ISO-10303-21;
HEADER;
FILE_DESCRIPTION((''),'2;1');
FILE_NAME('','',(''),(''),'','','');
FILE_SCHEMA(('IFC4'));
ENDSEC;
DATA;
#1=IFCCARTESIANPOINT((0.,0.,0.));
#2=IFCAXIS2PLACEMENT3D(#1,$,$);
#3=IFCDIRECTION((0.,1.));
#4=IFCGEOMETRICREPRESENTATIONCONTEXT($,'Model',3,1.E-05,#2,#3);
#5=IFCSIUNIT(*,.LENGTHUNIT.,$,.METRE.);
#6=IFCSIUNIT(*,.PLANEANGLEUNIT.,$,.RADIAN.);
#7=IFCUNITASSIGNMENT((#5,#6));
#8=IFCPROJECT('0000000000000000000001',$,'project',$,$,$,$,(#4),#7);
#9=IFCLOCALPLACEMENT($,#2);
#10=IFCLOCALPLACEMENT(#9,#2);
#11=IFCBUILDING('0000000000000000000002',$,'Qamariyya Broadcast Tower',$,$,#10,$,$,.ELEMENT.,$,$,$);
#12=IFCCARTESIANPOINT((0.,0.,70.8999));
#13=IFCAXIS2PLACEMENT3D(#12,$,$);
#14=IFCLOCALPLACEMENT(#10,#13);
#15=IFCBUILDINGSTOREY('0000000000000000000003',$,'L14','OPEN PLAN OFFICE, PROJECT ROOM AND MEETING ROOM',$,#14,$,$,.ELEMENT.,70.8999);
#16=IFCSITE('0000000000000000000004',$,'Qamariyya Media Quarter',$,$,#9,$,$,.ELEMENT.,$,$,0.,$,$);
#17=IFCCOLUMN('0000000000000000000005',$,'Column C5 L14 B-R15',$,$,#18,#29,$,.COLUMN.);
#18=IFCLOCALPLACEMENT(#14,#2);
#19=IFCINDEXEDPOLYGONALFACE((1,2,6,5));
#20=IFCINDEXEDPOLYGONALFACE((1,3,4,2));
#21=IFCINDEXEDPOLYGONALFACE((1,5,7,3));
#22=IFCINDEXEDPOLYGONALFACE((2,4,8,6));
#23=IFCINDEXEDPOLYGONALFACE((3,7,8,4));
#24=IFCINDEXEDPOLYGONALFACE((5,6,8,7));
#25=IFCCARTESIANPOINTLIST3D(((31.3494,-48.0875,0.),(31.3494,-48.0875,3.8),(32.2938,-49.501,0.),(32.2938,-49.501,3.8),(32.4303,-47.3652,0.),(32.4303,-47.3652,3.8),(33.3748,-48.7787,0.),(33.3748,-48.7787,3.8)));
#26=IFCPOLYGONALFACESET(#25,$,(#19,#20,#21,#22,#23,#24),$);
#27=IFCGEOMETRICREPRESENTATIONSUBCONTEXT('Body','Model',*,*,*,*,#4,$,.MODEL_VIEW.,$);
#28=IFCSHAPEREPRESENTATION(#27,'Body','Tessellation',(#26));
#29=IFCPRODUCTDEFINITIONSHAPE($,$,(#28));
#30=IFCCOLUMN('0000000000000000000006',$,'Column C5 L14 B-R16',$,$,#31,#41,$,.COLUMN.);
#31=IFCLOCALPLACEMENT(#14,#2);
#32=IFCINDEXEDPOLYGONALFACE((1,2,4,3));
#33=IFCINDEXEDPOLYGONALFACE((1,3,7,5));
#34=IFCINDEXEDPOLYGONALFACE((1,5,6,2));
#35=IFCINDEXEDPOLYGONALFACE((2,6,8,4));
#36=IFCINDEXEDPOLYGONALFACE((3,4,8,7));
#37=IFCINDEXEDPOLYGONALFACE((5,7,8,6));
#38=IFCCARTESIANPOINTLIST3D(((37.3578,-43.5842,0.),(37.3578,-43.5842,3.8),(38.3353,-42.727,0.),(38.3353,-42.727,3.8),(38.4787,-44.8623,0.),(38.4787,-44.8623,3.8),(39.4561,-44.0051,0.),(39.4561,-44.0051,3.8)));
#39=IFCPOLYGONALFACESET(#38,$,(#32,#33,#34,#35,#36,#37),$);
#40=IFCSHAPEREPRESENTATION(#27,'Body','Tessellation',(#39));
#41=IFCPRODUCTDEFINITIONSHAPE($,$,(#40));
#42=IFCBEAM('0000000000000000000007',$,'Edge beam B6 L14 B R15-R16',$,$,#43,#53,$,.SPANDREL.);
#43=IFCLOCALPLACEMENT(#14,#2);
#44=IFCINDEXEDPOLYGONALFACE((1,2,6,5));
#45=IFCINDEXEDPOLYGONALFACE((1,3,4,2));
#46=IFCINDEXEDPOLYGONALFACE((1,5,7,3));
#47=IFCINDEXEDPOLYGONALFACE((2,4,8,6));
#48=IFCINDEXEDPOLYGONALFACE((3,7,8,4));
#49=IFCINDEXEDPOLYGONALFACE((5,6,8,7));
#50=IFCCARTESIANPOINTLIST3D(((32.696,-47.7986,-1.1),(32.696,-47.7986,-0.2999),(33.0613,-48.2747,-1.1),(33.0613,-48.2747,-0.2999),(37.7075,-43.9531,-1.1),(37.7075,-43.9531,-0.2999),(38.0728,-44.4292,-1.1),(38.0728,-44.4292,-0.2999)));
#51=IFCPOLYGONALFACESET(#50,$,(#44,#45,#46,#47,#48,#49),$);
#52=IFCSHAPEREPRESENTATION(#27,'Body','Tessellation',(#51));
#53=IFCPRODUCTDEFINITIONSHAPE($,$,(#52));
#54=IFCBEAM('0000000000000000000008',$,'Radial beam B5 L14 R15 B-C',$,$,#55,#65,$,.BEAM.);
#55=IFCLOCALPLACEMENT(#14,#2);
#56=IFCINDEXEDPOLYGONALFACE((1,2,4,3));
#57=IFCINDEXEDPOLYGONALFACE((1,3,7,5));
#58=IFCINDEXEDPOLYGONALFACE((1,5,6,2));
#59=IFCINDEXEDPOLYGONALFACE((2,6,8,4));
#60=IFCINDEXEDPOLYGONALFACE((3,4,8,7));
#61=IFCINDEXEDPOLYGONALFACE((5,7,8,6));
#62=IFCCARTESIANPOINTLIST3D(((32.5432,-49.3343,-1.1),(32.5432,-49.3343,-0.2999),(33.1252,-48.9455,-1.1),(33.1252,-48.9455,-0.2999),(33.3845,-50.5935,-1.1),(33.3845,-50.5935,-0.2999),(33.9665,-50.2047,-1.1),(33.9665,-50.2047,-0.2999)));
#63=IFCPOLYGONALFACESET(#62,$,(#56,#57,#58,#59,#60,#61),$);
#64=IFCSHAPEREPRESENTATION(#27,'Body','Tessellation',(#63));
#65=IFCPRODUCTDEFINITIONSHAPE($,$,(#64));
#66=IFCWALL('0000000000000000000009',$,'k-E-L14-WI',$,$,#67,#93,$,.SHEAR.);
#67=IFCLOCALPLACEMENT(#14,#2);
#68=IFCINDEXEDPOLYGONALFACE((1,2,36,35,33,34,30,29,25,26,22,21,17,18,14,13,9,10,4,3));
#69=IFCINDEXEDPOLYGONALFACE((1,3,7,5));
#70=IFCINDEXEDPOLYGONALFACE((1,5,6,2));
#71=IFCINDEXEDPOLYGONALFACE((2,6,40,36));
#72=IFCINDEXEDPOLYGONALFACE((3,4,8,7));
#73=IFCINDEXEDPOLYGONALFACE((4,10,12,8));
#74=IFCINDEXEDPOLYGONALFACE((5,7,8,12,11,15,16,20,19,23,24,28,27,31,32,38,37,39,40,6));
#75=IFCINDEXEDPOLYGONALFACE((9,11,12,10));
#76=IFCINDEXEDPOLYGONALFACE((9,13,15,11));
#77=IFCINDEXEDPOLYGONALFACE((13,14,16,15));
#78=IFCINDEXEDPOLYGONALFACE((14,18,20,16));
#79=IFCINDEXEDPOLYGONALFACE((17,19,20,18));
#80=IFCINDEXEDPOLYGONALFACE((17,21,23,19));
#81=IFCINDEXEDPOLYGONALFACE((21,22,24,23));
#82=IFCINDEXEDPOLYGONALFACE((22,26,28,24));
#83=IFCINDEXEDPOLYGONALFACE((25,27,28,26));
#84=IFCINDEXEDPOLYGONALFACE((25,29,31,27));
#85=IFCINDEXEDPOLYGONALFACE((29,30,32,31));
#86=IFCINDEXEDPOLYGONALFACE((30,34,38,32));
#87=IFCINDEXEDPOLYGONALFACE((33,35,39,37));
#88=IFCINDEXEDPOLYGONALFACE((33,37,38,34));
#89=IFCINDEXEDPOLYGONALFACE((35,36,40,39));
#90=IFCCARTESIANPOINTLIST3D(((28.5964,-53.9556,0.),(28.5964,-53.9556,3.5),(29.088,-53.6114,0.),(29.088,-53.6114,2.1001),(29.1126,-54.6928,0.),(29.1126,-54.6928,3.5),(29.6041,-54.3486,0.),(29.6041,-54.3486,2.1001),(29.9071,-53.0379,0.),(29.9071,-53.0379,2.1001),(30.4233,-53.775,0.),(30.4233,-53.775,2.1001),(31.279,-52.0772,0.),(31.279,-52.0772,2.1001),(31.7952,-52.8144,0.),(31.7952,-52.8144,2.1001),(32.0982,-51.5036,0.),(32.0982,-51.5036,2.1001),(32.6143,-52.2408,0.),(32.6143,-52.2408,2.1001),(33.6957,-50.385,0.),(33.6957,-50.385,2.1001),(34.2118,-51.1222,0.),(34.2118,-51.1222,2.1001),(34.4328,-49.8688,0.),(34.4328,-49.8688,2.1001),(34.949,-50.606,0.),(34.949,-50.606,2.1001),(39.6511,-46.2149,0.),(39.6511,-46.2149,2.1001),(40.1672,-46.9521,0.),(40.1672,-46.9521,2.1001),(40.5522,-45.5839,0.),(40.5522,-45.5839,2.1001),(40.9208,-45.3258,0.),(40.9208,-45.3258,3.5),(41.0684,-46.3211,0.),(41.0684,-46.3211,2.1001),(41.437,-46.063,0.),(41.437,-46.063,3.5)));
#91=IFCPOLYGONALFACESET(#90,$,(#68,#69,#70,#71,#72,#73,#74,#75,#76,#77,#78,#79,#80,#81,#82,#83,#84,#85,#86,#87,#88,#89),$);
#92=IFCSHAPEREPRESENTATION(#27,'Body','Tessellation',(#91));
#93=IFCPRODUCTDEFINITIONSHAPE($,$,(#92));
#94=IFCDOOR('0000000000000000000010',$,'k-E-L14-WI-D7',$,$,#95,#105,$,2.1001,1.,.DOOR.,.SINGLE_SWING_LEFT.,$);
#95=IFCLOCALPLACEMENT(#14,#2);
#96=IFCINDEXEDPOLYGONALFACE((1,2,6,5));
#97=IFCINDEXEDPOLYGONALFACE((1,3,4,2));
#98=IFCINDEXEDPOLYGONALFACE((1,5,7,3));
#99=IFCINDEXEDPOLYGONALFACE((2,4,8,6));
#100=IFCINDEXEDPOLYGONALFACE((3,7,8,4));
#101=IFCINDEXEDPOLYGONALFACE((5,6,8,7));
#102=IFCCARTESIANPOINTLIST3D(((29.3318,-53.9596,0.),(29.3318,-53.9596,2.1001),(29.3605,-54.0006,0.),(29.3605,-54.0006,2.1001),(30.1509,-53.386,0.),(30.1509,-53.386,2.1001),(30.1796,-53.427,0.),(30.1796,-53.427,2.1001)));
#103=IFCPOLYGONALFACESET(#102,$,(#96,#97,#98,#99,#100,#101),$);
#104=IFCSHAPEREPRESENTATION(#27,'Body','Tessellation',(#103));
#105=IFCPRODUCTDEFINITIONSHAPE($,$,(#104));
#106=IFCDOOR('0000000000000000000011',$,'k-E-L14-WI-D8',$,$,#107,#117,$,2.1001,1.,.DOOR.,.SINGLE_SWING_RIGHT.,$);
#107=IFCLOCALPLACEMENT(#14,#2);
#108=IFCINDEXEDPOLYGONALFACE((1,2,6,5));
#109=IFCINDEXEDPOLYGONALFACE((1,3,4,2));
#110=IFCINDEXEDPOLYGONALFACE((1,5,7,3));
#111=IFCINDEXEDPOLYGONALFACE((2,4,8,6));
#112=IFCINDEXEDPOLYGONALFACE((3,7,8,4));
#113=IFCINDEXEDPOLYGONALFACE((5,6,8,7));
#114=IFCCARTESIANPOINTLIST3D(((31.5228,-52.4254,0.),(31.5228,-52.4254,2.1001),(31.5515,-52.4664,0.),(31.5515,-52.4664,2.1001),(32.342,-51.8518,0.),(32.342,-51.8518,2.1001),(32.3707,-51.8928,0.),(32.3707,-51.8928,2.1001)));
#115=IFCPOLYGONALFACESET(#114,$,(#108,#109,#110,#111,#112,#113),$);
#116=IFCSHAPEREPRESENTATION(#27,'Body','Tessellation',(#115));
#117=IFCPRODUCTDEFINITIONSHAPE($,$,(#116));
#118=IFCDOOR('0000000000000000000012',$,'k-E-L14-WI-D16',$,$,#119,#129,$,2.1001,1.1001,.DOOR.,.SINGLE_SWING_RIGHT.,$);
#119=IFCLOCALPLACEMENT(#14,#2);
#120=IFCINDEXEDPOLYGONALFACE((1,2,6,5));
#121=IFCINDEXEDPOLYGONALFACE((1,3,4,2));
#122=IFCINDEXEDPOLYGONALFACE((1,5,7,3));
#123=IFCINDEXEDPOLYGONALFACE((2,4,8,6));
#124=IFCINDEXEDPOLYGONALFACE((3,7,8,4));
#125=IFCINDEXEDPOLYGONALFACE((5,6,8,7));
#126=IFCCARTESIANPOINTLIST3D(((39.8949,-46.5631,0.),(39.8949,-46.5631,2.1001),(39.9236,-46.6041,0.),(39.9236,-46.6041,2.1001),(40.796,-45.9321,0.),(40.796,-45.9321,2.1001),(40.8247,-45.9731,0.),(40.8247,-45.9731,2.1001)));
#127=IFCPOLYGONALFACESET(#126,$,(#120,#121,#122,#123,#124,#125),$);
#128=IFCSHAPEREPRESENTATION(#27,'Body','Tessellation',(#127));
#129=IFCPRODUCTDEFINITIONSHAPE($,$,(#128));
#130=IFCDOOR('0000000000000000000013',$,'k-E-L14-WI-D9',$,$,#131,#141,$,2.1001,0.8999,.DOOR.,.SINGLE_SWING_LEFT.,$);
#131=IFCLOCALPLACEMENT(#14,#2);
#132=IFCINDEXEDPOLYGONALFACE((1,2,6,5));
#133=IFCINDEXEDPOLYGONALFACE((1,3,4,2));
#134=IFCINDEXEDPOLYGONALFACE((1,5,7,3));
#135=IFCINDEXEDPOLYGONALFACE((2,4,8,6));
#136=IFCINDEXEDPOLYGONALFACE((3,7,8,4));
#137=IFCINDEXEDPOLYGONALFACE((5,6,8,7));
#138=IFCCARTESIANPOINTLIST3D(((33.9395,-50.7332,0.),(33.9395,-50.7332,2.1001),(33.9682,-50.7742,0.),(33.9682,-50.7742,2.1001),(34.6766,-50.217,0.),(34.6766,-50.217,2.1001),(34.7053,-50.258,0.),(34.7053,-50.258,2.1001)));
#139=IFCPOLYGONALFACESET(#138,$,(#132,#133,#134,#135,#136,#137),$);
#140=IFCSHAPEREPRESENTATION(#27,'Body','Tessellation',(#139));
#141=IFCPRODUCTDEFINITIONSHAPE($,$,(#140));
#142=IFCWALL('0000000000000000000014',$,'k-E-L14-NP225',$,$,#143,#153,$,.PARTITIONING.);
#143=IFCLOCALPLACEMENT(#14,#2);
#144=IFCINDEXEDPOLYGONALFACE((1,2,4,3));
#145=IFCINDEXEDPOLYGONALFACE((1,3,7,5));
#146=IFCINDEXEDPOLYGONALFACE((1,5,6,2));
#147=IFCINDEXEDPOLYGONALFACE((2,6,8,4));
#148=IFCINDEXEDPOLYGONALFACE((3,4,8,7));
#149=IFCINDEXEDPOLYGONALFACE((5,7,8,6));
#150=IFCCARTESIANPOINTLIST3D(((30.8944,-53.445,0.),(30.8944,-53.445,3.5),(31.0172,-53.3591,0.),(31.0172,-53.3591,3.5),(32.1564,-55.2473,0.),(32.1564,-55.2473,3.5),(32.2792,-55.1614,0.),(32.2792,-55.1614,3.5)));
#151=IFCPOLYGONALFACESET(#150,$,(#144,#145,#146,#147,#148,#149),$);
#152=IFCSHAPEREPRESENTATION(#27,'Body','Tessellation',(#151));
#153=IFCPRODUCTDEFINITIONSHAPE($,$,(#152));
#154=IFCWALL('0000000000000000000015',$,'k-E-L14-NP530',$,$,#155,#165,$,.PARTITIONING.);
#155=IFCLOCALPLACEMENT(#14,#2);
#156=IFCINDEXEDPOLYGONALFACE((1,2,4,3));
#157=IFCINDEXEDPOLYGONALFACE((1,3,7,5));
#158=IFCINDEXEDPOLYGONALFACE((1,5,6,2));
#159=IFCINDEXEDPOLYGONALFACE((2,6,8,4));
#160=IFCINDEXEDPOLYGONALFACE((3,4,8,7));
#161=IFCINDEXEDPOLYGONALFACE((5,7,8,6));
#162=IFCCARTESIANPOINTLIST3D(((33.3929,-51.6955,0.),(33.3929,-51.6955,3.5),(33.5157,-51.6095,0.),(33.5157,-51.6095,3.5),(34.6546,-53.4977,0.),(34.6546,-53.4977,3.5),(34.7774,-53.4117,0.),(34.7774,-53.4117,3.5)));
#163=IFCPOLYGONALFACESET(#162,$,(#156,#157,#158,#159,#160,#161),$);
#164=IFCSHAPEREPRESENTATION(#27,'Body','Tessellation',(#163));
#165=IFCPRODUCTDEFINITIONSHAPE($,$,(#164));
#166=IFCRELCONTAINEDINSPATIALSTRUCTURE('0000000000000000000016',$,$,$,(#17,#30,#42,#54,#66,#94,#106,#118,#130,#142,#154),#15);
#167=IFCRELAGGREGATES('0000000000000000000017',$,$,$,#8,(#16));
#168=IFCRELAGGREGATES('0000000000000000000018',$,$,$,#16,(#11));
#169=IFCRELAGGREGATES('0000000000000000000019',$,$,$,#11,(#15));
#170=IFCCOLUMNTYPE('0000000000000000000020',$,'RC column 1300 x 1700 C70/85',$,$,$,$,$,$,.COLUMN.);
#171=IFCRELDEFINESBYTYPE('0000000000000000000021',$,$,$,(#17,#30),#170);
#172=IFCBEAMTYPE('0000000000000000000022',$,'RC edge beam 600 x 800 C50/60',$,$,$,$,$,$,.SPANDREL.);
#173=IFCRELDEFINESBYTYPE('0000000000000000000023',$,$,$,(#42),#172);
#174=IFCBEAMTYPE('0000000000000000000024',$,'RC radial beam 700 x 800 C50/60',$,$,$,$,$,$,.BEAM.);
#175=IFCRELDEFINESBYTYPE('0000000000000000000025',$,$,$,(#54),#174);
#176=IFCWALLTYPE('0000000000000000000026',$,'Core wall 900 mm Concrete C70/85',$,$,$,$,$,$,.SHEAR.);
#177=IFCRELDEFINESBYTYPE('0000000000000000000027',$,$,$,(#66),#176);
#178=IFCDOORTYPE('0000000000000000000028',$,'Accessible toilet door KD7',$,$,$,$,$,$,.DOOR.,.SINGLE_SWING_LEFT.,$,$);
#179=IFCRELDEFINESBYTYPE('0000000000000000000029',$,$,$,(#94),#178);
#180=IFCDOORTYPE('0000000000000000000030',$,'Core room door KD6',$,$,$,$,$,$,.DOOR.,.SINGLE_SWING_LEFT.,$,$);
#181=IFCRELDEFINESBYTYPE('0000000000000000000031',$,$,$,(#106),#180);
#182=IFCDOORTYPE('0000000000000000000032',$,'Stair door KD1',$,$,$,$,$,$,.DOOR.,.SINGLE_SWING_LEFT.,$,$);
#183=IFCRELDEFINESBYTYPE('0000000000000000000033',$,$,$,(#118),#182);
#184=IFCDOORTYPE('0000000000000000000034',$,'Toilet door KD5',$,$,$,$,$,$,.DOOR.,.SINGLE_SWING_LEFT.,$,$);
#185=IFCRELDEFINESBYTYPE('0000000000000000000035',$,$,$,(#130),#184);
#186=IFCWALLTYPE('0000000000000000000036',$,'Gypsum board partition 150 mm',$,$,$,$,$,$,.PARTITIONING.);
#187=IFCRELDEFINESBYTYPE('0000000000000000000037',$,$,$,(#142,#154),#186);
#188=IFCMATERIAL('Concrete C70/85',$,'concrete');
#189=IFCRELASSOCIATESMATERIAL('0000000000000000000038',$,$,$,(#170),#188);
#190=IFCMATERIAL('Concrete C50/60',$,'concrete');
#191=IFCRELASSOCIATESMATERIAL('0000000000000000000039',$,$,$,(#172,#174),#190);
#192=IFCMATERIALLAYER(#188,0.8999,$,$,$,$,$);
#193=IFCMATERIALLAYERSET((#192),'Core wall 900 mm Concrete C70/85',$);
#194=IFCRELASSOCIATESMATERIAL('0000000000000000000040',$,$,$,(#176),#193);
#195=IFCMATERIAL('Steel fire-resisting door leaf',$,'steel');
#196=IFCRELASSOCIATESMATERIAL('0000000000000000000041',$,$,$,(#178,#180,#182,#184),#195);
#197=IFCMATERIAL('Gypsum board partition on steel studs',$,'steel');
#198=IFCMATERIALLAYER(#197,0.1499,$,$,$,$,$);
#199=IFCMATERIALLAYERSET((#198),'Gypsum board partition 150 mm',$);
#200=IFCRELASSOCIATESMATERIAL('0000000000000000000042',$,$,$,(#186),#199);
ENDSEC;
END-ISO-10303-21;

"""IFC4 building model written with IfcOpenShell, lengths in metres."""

from ifc_helpers import new_model, si_unit, direction, frame, frame_2d, origin, origin_2d, place, context, subcontext, project, spatial, rectangle, extrude, material, layer, layer_set, material_profile, profile_set, type_object, element, fill, save


model = new_model("IFC4")

# Units and contexts
model_context = context("Model", 3, precision=1e-05, world=origin(), true_north=direction((0.0, 1.0)))
body_context = subcontext(model_context, "Body", "Model", "MODEL_VIEW")
ifc_project = project(units=[si_unit("LENGTHUNIT", "METRE"), si_unit("PLANEANGLEUNIT", "RADIAN")], contexts=[model_context])

# Site, building, storey
site_placement = place(None, origin())
site = spatial("IfcSite", under=ifc_project, at=site_placement, Name="Qamariyya Media Quarter", CompositionType="ELEMENT", RefElevation=0.0)
building_placement = place(site_placement, origin())
building = spatial("IfcBuilding", under=site, at=building_placement, Name="Qamariyya Broadcast Tower", CompositionType="ELEMENT")
storey_placement = place(building_placement, frame((0.0, 0.0, 70.8999)))
storey = spatial("IfcBuildingStorey", under=building, at=storey_placement, Name="L14", Description="OPEN PLAN OFFICE, PROJECT ROOM AND MEETING ROOM", CompositionType="ELEMENT", Elevation=70.8999)

# Columns
ifc_material_1 = material(Name="Concrete C70/85", Category="concrete")
ifc_material_profile_1 = material_profile(ifc_material_1, rectangle(XDim=1.3, YDim=1.7, at=origin_2d()))
ifc_profile_set_1 = profile_set([ifc_material_profile_1], Name="Concrete C70/85")
column_type = type_object("IfcColumnType", Name="RC column 1300 x 1700 C70/85", PredefinedType="COLUMN", material=ifc_profile_set_1)
for number, where, z_axis, x_axis, name in (
    (1, (32.3621, -48.4331, 0.0), (0.0, 0.0, 1.0), (0.83147, 0.55557, 0.0), "Column C5 L14 B-R15"),
    (2, (38.407, -43.7947, 0.0), (0.0, 0.0, 1.0), (0.75184, 0.659346, 0.0), "Column C5 L14 B-R16"),
):
    element("IfcColumn", number, at=place(storey_placement, frame(where, z_axis=z_axis, x_axis=x_axis)), inside=storey, type_object=column_type, Name=name, PredefinedType="COLUMN", context=body_context, shape_type="SweptSolid", body=[
        extrude(rectangle(XDim=1.3, YDim=1.7, at=origin_2d()), origin(), (0.0, 0.0, 1.0), 3.8),
    ])

# Beams
ifc_material_2 = material(Name="Concrete C50/60", Category="concrete")
ifc_material_profile_2 = material_profile(ifc_material_2, rectangle(XDim=0.6001, YDim=0.8, at=origin_2d()))
ifc_profile_set_2 = profile_set([ifc_material_profile_2], Name="Concrete C50/60")
beam_type_1 = type_object("IfcBeamType", Name="RC edge beam 600 x 800 C50/60", PredefinedType="SPANDREL", material=ifc_profile_set_2)
beam_1_placement = place(storey_placement, frame((32.8787, -48.0366, -0.7), z_axis=(0.793352, 0.608763, 0.0), x_axis=(-0.608763, 0.793352, 0.0)))
element("IfcBeam", 3, at=beam_1_placement, inside=storey, type_object=beam_type_1, Name="Edge beam B6 L14 B R15-R16", PredefinedType="SPANDREL", context=body_context, shape_type="SweptSolid", body=[
    extrude(rectangle(XDim=0.6001, YDim=0.8, at=origin_2d()), origin(), (0.0, 0.0, 1.0), 6.3169),
])
ifc_material_profile_3 = material_profile(ifc_material_2, rectangle(XDim=0.7, YDim=0.8, at=origin_2d()))
ifc_profile_set_3 = profile_set([ifc_material_profile_3], Name="Concrete C50/60")
beam_type_2 = type_object("IfcBeamType", Name="RC radial beam 700 x 800 C50/60", PredefinedType="BEAM", material=ifc_profile_set_3)
beam_2_placement = place(storey_placement, frame((32.8342, -49.1399, -0.7), z_axis=(0.555518, -0.831504, 0.0), x_axis=(0.831504, 0.555518, 0.0)))
element("IfcBeam", 4, at=beam_2_placement, inside=storey, type_object=beam_type_2, Name="Radial beam B5 L14 R15 B-C", PredefinedType="BEAM", context=body_context, shape_type="SweptSolid", body=[
    extrude(rectangle(XDim=0.7, YDim=0.8, at=origin_2d()), origin(), (0.0, 0.0, 1.0), 1.5144),
])

# Wall, openings, doors
ifc_layer_1 = layer(ifc_material_1, 0.8999)
ifc_layer_set_1 = layer_set([ifc_layer_1], Name="Core wall 900 mm Concrete C70/85")
wall_type_1 = type_object("IfcWallType", Name="Core wall 900 mm Concrete C70/85", PredefinedType="SHEAR", material=ifc_layer_set_1)
wall_1_placement = place(storey_placement, frame((28.8545, -54.3242, 0.0), z_axis=(0.0, 0.0, 1.0), x_axis=(0.819146, 0.573585, 0.0)))
wall_1 = element("IfcWall", 5, at=wall_1_placement, inside=storey, type_object=wall_type_1, Name="k-E-L14-WI", PredefinedType="SHEAR", context=body_context, shape_type="SweptSolid", body=[
    extrude(rectangle(XDim=15.0454, YDim=0.8999, at=frame_2d((7.5227, 0.0))), origin(), (0.0, 0.0, 1.0), 3.5),
])
opening_1_placement = place(wall_1_placement, frame((0.6001, 0.0, 0.0)))
opening_1 = element("IfcOpeningElement", 6, at=opening_1_placement, cuts=wall_1, PredefinedType="OPENING", context=body_context, shape_type="SweptSolid", body=[
    extrude(rectangle(XDim=1.0, YDim=2.1001, at=frame_2d((0.5, 1.05))), frame((0.0, 0.46, 0.0), z_axis=(0.0, -1.0, 0.0), x_axis=(1.0, 0.0, 0.0)), (0.0, 0.0, 1.0), 0.9199),
])
opening_2_placement = place(wall_1_placement, frame((3.2749, 0.0, 0.0)))
opening_2 = element("IfcOpeningElement", 7, at=opening_2_placement, cuts=wall_1, PredefinedType="OPENING", context=body_context, shape_type="SweptSolid", body=[
    extrude(rectangle(XDim=1.0, YDim=2.1001, at=frame_2d((0.5, 1.05))), frame((0.0, 0.46, 0.0), z_axis=(0.0, -1.0, 0.0), x_axis=(1.0, 0.0, 0.0)), (0.0, 0.0, 1.0), 0.9199),
])
opening_3_placement = place(wall_1_placement, frame((6.2251, 0.0, 0.0)))
opening_3 = element("IfcOpeningElement", 8, at=opening_3_placement, cuts=wall_1, PredefinedType="OPENING", context=body_context, shape_type="SweptSolid", body=[
    extrude(rectangle(XDim=0.8999, YDim=2.1001, at=frame_2d((0.45, 1.05))), frame((0.0, 0.46, 0.0), z_axis=(0.0, -1.0, 0.0), x_axis=(1.0, 0.0, 0.0)), (0.0, 0.0, 1.0), 0.9199),
])
opening_4_placement = place(wall_1_placement, frame((13.4954, 0.0, 0.0)))
opening_4 = element("IfcOpeningElement", 9, at=opening_4_placement, cuts=wall_1, PredefinedType="OPENING", context=body_context, shape_type="SweptSolid", body=[
    extrude(rectangle(XDim=1.1001, YDim=2.1001, at=frame_2d((0.55, 1.05))), frame((0.0, 0.46, 0.0), z_axis=(0.0, -1.0, 0.0), x_axis=(1.0, 0.0, 0.0)), (0.0, 0.0, 1.0), 0.9199),
])
ifc_material_3 = material(Name="Steel fire-resisting door leaf", Category="steel")
door_type_1 = type_object("IfcDoorType", Name="Accessible toilet door KD7", OperationType="SINGLE_SWING_LEFT", PredefinedType="DOOR", material=ifc_material_3)
door_1_placement = place(opening_1_placement, origin())
door_1 = element("IfcDoor", 10, at=door_1_placement, inside=storey, type_object=door_type_1, Name="k-E-L14-WI-D7", OperationType="SINGLE_SWING_LEFT", OverallHeight=2.1001, OverallWidth=1.0, PredefinedType="DOOR", context=body_context, shape_type="SweptSolid", body=[
    extrude(rectangle(XDim=1.0, YDim=2.1001, at=frame_2d((0.5, 1.05))), frame((0.0, 0.0249, 0.0), z_axis=(0.0, -1.0, 0.0), x_axis=(1.0, 0.0, 0.0)), (0.0, 0.0, 1.0), 0.05),
])
fill(opening_1, door_1)
door_type_2 = type_object("IfcDoorType", Name="Core room door KD6", OperationType="SINGLE_SWING_LEFT", PredefinedType="DOOR", material=ifc_material_3)
door_2_placement = place(opening_2_placement, origin())
door_2 = element("IfcDoor", 11, at=door_2_placement, inside=storey, type_object=door_type_2, Name="k-E-L14-WI-D8", OperationType="SINGLE_SWING_RIGHT", OverallHeight=2.1001, OverallWidth=1.0, PredefinedType="DOOR", context=body_context, shape_type="SweptSolid", body=[
    extrude(rectangle(XDim=1.0, YDim=2.1001, at=frame_2d((0.5, 1.05))), frame((0.0, 0.0249, 0.0), z_axis=(0.0, -1.0, 0.0), x_axis=(1.0, 0.0, 0.0)), (0.0, 0.0, 1.0), 0.05),
])
fill(opening_2, door_2)
door_type_3 = type_object("IfcDoorType", Name="Stair door KD1", OperationType="SINGLE_SWING_LEFT", PredefinedType="DOOR", material=ifc_material_3)
door_3_placement = place(opening_4_placement, origin())
door_3 = element("IfcDoor", 12, at=door_3_placement, inside=storey, type_object=door_type_3, Name="k-E-L14-WI-D16", OperationType="SINGLE_SWING_RIGHT", OverallHeight=2.1001, OverallWidth=1.1001, PredefinedType="DOOR", context=body_context, shape_type="SweptSolid", body=[
    extrude(rectangle(XDim=1.1001, YDim=2.1001, at=frame_2d((0.55, 1.05))), frame((0.0, 0.0249, 0.0), z_axis=(0.0, -1.0, 0.0), x_axis=(1.0, 0.0, 0.0)), (0.0, 0.0, 1.0), 0.05),
])
fill(opening_4, door_3)
door_type_4 = type_object("IfcDoorType", Name="Toilet door KD5", OperationType="SINGLE_SWING_LEFT", PredefinedType="DOOR", material=ifc_material_3)
door_4_placement = place(opening_3_placement, origin())
door_4 = element("IfcDoor", 13, at=door_4_placement, inside=storey, type_object=door_type_4, Name="k-E-L14-WI-D9", OperationType="SINGLE_SWING_LEFT", OverallHeight=2.1001, OverallWidth=0.8999, PredefinedType="DOOR", context=body_context, shape_type="SweptSolid", body=[
    extrude(rectangle(XDim=0.8999, YDim=2.1001, at=frame_2d((0.45, 1.05))), frame((0.0, 0.0249, 0.0), z_axis=(0.0, -1.0, 0.0), x_axis=(1.0, 0.0, 0.0)), (0.0, 0.0, 1.0), 0.05),
])
fill(opening_3, door_4)

# Walls
ifc_material_4 = material(Name="Gypsum board partition on steel studs", Category="steel")
ifc_layer_2 = layer(ifc_material_4, 0.1499)
ifc_layer_set_2 = layer_set([ifc_layer_2], Name="Gypsum board partition 150 mm")
wall_type_2 = type_object("IfcWallType", Name="Gypsum board partition 150 mm", PredefinedType="PARTITIONING", material=ifc_layer_set_2)
wall_2_placement = place(storey_placement, frame((32.2178, -55.2043, 0.0), z_axis=(0.0, 0.0, 1.0), x_axis=(-0.573581, 0.819149, 0.0)))
element("IfcWall", 14, at=wall_2_placement, inside=storey, type_object=wall_type_2, Name="k-E-L14-NP225", PredefinedType="PARTITIONING", context=body_context, shape_type="SweptSolid", body=[
    extrude(rectangle(XDim=2.2002, YDim=0.1499, at=frame_2d((1.1001, 0.0))), origin(), (0.0, 0.0, 1.0), 3.5),
])
wall_3_placement = place(storey_placement, frame((34.7161, -53.4548, 0.0), z_axis=(0.0, 0.0, 1.0), x_axis=(-0.573507, 0.819201, 0.0)))
element("IfcWall", 15, at=wall_3_placement, inside=storey, type_object=wall_type_2, Name="k-E-L14-NP530", PredefinedType="PARTITIONING", context=body_context, shape_type="SweptSolid", body=[
    extrude(rectangle(XDim=2.2, YDim=0.1499, at=frame_2d((1.1001, 0.0))), origin(), (0.0, 0.0, 1.0), 3.5),
])

save(model, "model.ifc")
